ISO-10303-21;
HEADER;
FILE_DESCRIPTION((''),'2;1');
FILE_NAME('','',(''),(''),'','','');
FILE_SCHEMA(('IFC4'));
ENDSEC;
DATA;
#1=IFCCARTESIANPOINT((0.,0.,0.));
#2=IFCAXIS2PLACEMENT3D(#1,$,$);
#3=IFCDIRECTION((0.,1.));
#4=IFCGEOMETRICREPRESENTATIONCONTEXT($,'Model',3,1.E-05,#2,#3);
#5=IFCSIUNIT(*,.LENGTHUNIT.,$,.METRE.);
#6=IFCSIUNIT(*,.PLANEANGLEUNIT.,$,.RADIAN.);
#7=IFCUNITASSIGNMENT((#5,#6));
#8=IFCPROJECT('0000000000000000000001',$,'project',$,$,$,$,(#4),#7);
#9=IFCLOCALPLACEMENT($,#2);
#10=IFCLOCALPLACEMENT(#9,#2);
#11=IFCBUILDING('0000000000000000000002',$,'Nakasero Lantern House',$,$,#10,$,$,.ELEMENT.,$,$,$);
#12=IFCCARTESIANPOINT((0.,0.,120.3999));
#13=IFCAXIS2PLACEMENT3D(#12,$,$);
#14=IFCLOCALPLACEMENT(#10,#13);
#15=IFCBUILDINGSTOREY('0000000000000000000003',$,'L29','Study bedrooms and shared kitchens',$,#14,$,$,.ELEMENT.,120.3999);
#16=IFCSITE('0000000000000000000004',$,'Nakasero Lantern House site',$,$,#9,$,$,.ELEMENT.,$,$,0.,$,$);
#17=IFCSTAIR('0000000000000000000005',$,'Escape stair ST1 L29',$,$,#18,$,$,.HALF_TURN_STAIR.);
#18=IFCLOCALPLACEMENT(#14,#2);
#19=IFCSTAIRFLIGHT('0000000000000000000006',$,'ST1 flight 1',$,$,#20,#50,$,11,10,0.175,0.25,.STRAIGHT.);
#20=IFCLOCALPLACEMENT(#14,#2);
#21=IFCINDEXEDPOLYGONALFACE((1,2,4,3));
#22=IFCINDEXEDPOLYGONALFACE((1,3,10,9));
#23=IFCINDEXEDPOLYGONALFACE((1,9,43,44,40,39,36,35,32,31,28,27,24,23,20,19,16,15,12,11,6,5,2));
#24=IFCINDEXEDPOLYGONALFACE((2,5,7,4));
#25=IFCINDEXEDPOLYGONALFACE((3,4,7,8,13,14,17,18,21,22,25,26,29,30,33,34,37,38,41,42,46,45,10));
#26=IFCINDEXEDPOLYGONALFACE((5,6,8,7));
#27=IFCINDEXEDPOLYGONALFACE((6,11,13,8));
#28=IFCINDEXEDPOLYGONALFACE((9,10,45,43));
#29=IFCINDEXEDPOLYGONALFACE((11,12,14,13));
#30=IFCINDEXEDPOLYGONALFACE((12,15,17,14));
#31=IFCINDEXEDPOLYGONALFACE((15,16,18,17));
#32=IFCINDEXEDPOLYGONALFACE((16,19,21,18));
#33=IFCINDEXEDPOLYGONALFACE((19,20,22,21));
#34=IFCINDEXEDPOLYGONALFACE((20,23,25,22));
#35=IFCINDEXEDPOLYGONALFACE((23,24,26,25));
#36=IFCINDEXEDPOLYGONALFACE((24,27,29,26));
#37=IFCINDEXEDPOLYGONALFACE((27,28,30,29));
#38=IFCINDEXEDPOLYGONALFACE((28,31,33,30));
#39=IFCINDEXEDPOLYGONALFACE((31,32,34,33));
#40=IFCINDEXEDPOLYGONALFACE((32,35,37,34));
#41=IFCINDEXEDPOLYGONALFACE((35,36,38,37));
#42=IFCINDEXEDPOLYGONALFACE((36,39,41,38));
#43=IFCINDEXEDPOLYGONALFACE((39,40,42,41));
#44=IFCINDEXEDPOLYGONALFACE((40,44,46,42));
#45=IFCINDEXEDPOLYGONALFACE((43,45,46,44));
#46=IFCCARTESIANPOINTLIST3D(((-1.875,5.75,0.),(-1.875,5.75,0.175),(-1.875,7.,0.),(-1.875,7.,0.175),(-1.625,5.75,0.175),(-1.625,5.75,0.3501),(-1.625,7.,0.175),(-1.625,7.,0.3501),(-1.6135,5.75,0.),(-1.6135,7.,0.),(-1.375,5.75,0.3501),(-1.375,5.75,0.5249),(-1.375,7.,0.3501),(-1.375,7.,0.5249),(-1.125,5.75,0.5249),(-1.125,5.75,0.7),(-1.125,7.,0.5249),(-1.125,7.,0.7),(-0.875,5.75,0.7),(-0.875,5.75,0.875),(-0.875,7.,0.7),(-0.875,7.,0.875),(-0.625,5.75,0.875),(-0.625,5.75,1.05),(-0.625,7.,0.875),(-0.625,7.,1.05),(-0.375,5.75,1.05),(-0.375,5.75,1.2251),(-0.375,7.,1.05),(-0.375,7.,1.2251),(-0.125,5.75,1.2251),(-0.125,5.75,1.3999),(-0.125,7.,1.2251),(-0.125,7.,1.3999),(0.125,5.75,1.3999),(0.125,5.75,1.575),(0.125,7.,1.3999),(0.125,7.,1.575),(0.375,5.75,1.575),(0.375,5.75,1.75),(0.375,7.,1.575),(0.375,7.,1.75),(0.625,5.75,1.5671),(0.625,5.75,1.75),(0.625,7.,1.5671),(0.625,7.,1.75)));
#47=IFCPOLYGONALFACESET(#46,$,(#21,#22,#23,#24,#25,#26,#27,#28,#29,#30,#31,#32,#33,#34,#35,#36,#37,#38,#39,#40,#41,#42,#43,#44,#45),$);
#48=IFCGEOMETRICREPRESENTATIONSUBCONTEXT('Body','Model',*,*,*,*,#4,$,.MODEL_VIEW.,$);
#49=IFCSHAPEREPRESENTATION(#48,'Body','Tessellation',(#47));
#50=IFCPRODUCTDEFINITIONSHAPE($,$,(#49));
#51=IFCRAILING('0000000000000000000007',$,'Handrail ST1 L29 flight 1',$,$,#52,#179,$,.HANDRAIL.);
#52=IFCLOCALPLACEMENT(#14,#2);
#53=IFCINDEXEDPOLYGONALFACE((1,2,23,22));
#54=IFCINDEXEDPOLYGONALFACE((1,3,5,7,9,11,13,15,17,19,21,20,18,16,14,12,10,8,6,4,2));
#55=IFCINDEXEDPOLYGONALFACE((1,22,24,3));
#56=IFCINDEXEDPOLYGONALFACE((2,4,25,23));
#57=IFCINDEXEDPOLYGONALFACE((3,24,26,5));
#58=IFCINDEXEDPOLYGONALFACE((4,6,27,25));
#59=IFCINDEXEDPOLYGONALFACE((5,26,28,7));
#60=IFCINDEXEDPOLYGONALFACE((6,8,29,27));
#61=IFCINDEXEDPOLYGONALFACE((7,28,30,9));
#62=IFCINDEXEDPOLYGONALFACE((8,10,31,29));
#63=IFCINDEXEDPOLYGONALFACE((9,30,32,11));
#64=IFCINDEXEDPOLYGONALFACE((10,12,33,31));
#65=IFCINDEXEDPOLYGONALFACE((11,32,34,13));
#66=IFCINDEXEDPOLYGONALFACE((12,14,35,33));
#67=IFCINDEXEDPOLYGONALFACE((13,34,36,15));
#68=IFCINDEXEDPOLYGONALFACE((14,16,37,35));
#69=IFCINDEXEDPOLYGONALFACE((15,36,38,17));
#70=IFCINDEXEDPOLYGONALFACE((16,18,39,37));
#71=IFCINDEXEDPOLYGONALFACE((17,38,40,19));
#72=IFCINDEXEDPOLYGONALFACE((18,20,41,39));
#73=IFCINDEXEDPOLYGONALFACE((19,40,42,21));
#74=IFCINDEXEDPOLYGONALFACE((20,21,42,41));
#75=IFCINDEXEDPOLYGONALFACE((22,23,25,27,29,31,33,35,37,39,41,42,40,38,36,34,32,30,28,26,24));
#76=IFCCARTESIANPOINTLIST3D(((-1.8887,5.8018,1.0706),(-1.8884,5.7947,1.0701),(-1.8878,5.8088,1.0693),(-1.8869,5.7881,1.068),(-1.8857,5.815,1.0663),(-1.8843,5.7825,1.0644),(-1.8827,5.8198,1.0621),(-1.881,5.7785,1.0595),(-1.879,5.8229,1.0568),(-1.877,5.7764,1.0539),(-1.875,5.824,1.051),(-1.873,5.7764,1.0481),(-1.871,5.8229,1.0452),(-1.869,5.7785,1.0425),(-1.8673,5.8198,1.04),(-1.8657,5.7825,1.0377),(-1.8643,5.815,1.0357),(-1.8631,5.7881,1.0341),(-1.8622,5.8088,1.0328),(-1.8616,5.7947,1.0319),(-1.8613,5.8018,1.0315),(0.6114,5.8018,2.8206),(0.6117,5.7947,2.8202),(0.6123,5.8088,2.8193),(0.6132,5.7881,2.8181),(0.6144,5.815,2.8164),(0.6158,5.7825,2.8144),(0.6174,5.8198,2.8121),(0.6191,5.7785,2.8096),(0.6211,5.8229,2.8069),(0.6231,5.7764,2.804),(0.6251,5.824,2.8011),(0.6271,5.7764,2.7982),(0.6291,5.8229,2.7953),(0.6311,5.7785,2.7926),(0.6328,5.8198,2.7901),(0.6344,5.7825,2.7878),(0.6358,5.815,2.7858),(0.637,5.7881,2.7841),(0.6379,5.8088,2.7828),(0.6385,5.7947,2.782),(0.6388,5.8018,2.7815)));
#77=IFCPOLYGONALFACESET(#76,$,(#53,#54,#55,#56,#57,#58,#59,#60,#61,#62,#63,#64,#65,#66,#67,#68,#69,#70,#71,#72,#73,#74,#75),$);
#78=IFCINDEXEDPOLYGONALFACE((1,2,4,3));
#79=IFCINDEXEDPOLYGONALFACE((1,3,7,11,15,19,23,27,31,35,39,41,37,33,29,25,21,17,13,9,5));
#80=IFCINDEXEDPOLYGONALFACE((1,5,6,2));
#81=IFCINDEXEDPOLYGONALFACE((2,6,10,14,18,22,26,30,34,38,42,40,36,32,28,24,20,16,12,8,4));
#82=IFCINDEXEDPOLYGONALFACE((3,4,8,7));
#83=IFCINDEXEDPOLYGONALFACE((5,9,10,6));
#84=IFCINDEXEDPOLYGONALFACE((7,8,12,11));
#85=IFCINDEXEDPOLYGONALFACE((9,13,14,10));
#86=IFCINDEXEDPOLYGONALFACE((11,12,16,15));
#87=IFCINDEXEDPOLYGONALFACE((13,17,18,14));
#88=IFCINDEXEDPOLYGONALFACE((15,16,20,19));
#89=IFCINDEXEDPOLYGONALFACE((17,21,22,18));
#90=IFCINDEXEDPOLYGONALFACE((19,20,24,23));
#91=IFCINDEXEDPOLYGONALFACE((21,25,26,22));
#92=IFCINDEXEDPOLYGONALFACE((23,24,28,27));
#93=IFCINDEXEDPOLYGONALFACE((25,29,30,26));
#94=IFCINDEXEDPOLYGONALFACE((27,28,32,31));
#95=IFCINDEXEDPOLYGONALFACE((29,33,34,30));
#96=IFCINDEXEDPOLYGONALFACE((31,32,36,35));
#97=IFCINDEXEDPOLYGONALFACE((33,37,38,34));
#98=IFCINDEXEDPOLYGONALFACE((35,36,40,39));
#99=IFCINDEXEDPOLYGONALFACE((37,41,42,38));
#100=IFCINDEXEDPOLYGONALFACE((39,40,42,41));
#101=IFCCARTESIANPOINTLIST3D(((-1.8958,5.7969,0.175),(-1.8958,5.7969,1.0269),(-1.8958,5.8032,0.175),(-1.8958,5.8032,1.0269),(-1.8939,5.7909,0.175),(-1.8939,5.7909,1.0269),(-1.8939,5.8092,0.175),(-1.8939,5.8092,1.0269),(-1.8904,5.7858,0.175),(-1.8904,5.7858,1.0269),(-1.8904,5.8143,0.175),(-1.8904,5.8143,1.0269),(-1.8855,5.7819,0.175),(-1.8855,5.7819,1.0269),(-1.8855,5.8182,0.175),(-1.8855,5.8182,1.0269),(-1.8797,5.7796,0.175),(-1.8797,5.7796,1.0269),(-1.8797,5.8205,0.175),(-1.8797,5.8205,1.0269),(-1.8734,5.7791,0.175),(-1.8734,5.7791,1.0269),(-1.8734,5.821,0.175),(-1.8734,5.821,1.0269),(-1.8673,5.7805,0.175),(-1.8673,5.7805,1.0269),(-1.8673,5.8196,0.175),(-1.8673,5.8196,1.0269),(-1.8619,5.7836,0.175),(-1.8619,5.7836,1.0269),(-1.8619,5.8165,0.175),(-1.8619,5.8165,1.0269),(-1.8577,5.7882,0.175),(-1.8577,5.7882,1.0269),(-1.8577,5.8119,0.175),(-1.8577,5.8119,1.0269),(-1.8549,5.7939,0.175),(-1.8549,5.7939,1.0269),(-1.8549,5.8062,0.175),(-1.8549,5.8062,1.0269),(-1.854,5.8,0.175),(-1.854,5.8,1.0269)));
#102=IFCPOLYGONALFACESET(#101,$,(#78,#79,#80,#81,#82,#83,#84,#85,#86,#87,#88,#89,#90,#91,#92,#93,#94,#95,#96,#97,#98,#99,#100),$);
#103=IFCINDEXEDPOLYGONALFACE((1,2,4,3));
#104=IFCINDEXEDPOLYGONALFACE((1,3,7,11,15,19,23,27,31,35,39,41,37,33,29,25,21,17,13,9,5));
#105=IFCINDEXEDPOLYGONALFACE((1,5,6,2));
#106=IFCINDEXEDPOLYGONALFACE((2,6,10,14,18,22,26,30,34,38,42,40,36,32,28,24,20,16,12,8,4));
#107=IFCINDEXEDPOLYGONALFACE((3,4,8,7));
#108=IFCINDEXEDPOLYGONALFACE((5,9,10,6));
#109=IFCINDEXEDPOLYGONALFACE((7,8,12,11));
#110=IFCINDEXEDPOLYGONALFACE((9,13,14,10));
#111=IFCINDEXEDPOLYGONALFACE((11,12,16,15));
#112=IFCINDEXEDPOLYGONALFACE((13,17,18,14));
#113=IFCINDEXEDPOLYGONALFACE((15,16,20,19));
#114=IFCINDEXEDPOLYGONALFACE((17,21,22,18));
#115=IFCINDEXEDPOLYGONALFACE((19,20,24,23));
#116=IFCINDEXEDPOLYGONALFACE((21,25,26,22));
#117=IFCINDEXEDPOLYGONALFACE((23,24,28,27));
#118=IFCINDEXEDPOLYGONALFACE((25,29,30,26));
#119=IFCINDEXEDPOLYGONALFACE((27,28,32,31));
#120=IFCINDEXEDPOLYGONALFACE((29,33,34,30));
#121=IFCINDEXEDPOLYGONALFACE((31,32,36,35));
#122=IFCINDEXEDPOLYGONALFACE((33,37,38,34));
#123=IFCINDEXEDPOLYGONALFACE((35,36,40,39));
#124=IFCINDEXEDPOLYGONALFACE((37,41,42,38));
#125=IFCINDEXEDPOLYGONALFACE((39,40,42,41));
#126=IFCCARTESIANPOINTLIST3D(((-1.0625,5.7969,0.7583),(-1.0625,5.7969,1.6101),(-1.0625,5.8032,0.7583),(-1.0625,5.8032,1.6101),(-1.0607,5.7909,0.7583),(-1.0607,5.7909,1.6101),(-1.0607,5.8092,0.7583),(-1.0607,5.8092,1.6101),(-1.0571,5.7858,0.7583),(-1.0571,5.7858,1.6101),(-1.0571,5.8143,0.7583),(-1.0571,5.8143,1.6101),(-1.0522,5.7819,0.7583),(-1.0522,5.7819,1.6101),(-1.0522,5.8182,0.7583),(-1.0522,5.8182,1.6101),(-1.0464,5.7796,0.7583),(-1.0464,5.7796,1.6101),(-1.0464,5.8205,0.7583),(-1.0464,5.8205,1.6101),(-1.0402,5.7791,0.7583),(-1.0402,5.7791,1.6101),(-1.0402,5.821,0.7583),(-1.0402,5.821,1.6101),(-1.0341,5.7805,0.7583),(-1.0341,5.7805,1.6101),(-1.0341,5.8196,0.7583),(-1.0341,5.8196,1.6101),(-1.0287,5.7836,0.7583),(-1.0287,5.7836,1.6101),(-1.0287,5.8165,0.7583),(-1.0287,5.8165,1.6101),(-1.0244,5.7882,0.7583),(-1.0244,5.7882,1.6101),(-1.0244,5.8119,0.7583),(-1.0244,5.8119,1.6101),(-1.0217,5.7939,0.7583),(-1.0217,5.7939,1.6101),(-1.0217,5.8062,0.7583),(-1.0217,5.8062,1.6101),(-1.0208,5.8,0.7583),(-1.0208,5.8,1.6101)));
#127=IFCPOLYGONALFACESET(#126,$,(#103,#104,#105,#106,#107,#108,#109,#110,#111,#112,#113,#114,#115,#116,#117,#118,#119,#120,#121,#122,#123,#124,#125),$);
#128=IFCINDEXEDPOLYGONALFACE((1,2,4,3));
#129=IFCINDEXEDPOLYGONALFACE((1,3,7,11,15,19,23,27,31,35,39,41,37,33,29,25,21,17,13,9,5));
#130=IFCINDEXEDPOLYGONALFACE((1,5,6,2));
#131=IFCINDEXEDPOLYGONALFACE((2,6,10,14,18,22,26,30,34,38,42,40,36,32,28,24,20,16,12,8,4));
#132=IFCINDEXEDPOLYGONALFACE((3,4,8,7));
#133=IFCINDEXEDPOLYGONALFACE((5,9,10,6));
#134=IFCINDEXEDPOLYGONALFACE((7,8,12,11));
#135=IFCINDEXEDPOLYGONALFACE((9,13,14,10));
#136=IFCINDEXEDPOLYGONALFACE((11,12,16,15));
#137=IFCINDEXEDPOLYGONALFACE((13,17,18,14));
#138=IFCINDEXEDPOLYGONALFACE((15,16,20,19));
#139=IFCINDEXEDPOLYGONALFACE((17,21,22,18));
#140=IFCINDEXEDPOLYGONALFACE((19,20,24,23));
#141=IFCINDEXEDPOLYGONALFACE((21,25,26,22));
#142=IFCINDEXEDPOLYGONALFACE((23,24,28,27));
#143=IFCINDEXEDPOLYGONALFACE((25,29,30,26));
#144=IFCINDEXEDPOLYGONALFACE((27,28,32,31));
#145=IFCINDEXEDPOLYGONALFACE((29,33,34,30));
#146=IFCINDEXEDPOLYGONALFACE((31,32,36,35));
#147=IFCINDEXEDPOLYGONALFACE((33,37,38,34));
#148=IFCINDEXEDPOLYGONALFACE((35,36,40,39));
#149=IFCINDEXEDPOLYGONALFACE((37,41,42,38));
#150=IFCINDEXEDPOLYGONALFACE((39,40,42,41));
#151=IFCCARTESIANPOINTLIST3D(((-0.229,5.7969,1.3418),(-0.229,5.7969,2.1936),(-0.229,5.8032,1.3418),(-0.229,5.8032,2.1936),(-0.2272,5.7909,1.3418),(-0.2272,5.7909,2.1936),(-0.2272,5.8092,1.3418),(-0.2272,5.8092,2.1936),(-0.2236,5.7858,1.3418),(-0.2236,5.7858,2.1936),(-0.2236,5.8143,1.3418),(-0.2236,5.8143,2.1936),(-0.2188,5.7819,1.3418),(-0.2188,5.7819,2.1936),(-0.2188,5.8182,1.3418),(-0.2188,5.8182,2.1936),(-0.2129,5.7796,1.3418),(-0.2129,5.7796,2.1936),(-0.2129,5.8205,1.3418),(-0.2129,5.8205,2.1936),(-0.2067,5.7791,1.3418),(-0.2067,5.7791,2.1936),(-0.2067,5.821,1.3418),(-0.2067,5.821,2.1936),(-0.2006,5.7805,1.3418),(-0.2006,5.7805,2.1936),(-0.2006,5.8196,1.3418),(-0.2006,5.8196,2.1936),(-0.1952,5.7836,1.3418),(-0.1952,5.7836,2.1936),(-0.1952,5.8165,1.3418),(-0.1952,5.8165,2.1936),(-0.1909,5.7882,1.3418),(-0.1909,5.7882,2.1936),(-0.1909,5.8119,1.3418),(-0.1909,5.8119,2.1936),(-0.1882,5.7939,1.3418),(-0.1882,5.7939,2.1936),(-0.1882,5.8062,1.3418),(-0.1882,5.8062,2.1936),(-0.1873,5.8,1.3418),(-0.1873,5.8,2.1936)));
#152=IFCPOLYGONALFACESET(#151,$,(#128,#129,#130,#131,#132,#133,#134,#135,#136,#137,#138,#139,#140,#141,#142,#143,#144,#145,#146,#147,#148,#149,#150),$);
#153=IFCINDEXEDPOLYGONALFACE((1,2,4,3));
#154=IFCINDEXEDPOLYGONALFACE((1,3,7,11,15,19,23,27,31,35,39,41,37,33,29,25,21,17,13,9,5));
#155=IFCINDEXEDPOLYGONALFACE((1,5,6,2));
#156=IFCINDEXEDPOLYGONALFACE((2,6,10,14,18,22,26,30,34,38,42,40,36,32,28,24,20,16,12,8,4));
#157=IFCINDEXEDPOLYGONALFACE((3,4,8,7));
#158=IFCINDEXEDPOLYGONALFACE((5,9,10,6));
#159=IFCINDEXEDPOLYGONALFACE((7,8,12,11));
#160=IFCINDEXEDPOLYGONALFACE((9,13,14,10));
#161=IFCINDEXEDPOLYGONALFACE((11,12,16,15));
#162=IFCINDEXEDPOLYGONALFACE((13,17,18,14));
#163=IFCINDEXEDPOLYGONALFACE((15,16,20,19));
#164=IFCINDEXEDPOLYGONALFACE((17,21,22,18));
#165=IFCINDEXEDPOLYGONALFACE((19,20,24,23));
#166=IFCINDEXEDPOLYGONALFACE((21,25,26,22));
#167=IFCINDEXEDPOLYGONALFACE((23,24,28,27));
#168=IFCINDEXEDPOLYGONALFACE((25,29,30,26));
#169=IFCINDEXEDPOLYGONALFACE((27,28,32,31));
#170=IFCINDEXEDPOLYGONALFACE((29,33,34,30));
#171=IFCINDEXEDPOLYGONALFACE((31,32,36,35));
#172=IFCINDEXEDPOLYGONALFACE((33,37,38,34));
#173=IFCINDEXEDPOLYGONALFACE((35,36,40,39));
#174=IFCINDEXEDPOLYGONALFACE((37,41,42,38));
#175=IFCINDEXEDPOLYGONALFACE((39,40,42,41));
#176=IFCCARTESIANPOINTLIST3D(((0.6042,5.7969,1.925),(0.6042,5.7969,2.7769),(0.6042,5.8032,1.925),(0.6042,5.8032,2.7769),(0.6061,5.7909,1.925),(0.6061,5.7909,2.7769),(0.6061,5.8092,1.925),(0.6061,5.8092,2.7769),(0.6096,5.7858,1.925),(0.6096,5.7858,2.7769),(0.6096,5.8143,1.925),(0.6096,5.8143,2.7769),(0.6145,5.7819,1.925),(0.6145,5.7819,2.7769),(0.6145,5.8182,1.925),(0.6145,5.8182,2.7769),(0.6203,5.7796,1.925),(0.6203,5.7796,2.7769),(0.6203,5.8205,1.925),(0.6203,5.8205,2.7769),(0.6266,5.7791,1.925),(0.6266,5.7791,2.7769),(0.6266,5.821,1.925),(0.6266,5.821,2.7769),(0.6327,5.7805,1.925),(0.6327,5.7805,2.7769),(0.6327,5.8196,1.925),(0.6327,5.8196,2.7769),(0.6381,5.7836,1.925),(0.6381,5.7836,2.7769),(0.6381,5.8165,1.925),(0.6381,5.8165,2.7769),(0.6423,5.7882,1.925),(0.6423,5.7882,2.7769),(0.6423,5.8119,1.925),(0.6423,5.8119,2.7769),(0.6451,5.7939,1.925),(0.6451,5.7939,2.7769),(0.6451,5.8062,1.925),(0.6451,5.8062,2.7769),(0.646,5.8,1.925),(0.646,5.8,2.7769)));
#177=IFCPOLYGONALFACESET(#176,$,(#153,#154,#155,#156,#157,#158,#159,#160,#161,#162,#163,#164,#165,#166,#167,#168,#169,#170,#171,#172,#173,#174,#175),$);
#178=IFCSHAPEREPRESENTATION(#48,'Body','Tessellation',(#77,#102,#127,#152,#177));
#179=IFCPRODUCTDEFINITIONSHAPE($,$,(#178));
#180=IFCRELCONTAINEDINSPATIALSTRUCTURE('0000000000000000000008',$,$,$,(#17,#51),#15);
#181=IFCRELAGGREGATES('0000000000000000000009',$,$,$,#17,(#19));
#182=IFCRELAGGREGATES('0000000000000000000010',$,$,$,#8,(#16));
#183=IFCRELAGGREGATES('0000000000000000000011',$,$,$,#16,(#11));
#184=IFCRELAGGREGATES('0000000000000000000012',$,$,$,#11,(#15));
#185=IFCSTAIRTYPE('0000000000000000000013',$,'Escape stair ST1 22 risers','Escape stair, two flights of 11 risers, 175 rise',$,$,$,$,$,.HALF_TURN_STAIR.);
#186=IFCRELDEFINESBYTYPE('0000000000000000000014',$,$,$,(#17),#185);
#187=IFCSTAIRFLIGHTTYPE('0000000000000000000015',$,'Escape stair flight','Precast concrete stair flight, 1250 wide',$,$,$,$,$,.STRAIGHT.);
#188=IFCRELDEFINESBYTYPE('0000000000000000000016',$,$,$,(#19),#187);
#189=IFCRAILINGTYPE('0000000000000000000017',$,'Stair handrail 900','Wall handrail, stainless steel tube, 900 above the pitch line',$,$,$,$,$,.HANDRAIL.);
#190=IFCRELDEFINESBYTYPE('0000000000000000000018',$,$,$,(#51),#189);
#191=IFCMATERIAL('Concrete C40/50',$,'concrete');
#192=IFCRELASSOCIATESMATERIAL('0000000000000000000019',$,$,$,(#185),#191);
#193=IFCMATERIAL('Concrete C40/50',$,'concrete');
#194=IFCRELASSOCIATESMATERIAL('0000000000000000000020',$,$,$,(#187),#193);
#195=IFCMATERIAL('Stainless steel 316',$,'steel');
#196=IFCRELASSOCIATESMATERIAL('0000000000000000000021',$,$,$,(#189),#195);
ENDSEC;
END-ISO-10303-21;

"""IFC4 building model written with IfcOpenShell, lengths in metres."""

from ifc_helpers import new_model, si_unit, direction, frame, origin, origin_2d, place, context, subcontext, project, spatial, polyline, circle, outline, extrude, material, type_object, element, aggregate, save


model = new_model("IFC4")

# Units and contexts
model_context = context("Model", 3, precision=1e-05, world=origin(), true_north=direction((0.0, 1.0)))
body_context = subcontext(model_context, "Body", "Model", "MODEL_VIEW")
ifc_project = project(units=[si_unit("LENGTHUNIT", "METRE"), si_unit("PLANEANGLEUNIT", "RADIAN")], contexts=[model_context])

# Site, building, storey
site_placement = place(None, origin())
site = spatial("IfcSite", under=ifc_project, at=site_placement, Name="Nakasero Lantern House site", CompositionType="ELEMENT", RefElevation=0.0)
building_placement = place(site_placement, origin())
building = spatial("IfcBuilding", under=site, at=building_placement, Name="Nakasero Lantern House", CompositionType="ELEMENT")
storey_placement = place(building_placement, frame((0.0, 0.0, 120.3999)))
storey = spatial("IfcBuildingStorey", under=building, at=storey_placement, Name="L29", Description="Study bedrooms and shared kitchens", CompositionType="ELEMENT", Elevation=120.3999)

# Stair, stair flight
ifc_material_1 = material(Name="Concrete C40/50", Category="concrete")
stair_type = type_object("IfcStairType", Name="Escape stair ST1 22 risers", Description="Escape stair, two flights of 11 risers, 175 rise", PredefinedType="HALF_TURN_STAIR", material=ifc_material_1)
stair_placement = place(storey_placement, origin())
stair = element("IfcStair", 1, at=stair_placement, inside=storey, type_object=stair_type, Name="Escape stair ST1 L29", PredefinedType="HALF_TURN_STAIR")
ifc_material_2 = material(Name="Concrete C40/50", Category="concrete")
stair_flight_type = type_object("IfcStairFlightType", Name="Escape stair flight", Description="Precast concrete stair flight, 1250 wide", PredefinedType="STRAIGHT", material=ifc_material_2)
stair_flight_placement = place(storey_placement, frame((-1.875, 6.375, 0.0), z_axis=(0.0, 0.0, 1.0), x_axis=(1.0, 0.0, 0.0)))
stair_flight = element("IfcStairFlight", 2, at=stair_flight_placement, type_object=stair_flight_type, Name="ST1 flight 1", NumberOfRisers=11, NumberOfTreads=10, PredefinedType="STRAIGHT", RiserHeight=0.175, TreadLength=0.25, context=body_context, shape_type="SweptSolid", body=[
    extrude(outline(polyline([(0.0, 0.0), (0.0, 0.175), (0.25, 0.175), (0.25, 0.3501), (0.5, 0.3501), (0.5, 0.5249), (0.75, 0.5249), (0.75, 0.7), (1.0, 0.7), (1.0, 0.875), (1.25, 0.875), (1.25, 1.05), (1.5, 1.05), (1.5, 1.2251), (1.75, 1.2251), (1.75, 1.3999), (2.0, 1.3999), (2.0, 1.575), (2.25, 1.575), (2.25, 1.75), (2.5, 1.75), (2.5, 1.925), (2.5, 1.5671), (0.2615, 0.0), (0.0, 0.0)])), frame((0.0, 0.625, 0.0), z_axis=(0.0, -1.0, 0.0), x_axis=(1.0, 0.0, 0.0)), (0.0, 0.0, 1.0), 1.25),
])
aggregate(stair, [stair_flight])

# Railing
ifc_material_3 = material(Name="Stainless steel 316", Category="steel")
railing_type = type_object("IfcRailingType", Name="Stair handrail 900", Description="Wall handrail, stainless steel tube, 900 above the pitch line", PredefinedType="HANDRAIL", material=ifc_material_3)
railing_placement = place(storey_placement, frame((-1.875, 5.8, 0.175)))
element("IfcRailing", 3, at=railing_placement, inside=storey, type_object=railing_type, Name="Handrail ST1 L29 flight 1", PredefinedType="HANDRAIL", context=body_context, shape_type="SweptSolid", body=[
    extrude(circle(Radius=0.0239, at=origin_2d()), frame((0.0, 0.0, 0.876), z_axis=(0.819232, 0.0, 0.573462), x_axis=(0.0, 1.0, 0.0)), (0.0, 0.0, 1.0), 3.0518),
    extrude(circle(Radius=0.021, at=origin_2d()), origin(), (0.0, 0.0, 1.0), 0.8518),
    extrude(circle(Radius=0.021, at=origin_2d()), frame((0.8333, 0.0, 0.5833)), (0.0, 0.0, 1.0), 0.8518),
    extrude(circle(Radius=0.021, at=origin_2d()), frame((1.6667, 0.0, 1.1667)), (0.0, 0.0, 1.0), 0.8518),
    extrude(circle(Radius=0.021, at=origin_2d()), frame((2.5, 0.0, 1.75)), (0.0, 0.0, 1.0), 0.8518),
])

save(model, "model.ifc")
